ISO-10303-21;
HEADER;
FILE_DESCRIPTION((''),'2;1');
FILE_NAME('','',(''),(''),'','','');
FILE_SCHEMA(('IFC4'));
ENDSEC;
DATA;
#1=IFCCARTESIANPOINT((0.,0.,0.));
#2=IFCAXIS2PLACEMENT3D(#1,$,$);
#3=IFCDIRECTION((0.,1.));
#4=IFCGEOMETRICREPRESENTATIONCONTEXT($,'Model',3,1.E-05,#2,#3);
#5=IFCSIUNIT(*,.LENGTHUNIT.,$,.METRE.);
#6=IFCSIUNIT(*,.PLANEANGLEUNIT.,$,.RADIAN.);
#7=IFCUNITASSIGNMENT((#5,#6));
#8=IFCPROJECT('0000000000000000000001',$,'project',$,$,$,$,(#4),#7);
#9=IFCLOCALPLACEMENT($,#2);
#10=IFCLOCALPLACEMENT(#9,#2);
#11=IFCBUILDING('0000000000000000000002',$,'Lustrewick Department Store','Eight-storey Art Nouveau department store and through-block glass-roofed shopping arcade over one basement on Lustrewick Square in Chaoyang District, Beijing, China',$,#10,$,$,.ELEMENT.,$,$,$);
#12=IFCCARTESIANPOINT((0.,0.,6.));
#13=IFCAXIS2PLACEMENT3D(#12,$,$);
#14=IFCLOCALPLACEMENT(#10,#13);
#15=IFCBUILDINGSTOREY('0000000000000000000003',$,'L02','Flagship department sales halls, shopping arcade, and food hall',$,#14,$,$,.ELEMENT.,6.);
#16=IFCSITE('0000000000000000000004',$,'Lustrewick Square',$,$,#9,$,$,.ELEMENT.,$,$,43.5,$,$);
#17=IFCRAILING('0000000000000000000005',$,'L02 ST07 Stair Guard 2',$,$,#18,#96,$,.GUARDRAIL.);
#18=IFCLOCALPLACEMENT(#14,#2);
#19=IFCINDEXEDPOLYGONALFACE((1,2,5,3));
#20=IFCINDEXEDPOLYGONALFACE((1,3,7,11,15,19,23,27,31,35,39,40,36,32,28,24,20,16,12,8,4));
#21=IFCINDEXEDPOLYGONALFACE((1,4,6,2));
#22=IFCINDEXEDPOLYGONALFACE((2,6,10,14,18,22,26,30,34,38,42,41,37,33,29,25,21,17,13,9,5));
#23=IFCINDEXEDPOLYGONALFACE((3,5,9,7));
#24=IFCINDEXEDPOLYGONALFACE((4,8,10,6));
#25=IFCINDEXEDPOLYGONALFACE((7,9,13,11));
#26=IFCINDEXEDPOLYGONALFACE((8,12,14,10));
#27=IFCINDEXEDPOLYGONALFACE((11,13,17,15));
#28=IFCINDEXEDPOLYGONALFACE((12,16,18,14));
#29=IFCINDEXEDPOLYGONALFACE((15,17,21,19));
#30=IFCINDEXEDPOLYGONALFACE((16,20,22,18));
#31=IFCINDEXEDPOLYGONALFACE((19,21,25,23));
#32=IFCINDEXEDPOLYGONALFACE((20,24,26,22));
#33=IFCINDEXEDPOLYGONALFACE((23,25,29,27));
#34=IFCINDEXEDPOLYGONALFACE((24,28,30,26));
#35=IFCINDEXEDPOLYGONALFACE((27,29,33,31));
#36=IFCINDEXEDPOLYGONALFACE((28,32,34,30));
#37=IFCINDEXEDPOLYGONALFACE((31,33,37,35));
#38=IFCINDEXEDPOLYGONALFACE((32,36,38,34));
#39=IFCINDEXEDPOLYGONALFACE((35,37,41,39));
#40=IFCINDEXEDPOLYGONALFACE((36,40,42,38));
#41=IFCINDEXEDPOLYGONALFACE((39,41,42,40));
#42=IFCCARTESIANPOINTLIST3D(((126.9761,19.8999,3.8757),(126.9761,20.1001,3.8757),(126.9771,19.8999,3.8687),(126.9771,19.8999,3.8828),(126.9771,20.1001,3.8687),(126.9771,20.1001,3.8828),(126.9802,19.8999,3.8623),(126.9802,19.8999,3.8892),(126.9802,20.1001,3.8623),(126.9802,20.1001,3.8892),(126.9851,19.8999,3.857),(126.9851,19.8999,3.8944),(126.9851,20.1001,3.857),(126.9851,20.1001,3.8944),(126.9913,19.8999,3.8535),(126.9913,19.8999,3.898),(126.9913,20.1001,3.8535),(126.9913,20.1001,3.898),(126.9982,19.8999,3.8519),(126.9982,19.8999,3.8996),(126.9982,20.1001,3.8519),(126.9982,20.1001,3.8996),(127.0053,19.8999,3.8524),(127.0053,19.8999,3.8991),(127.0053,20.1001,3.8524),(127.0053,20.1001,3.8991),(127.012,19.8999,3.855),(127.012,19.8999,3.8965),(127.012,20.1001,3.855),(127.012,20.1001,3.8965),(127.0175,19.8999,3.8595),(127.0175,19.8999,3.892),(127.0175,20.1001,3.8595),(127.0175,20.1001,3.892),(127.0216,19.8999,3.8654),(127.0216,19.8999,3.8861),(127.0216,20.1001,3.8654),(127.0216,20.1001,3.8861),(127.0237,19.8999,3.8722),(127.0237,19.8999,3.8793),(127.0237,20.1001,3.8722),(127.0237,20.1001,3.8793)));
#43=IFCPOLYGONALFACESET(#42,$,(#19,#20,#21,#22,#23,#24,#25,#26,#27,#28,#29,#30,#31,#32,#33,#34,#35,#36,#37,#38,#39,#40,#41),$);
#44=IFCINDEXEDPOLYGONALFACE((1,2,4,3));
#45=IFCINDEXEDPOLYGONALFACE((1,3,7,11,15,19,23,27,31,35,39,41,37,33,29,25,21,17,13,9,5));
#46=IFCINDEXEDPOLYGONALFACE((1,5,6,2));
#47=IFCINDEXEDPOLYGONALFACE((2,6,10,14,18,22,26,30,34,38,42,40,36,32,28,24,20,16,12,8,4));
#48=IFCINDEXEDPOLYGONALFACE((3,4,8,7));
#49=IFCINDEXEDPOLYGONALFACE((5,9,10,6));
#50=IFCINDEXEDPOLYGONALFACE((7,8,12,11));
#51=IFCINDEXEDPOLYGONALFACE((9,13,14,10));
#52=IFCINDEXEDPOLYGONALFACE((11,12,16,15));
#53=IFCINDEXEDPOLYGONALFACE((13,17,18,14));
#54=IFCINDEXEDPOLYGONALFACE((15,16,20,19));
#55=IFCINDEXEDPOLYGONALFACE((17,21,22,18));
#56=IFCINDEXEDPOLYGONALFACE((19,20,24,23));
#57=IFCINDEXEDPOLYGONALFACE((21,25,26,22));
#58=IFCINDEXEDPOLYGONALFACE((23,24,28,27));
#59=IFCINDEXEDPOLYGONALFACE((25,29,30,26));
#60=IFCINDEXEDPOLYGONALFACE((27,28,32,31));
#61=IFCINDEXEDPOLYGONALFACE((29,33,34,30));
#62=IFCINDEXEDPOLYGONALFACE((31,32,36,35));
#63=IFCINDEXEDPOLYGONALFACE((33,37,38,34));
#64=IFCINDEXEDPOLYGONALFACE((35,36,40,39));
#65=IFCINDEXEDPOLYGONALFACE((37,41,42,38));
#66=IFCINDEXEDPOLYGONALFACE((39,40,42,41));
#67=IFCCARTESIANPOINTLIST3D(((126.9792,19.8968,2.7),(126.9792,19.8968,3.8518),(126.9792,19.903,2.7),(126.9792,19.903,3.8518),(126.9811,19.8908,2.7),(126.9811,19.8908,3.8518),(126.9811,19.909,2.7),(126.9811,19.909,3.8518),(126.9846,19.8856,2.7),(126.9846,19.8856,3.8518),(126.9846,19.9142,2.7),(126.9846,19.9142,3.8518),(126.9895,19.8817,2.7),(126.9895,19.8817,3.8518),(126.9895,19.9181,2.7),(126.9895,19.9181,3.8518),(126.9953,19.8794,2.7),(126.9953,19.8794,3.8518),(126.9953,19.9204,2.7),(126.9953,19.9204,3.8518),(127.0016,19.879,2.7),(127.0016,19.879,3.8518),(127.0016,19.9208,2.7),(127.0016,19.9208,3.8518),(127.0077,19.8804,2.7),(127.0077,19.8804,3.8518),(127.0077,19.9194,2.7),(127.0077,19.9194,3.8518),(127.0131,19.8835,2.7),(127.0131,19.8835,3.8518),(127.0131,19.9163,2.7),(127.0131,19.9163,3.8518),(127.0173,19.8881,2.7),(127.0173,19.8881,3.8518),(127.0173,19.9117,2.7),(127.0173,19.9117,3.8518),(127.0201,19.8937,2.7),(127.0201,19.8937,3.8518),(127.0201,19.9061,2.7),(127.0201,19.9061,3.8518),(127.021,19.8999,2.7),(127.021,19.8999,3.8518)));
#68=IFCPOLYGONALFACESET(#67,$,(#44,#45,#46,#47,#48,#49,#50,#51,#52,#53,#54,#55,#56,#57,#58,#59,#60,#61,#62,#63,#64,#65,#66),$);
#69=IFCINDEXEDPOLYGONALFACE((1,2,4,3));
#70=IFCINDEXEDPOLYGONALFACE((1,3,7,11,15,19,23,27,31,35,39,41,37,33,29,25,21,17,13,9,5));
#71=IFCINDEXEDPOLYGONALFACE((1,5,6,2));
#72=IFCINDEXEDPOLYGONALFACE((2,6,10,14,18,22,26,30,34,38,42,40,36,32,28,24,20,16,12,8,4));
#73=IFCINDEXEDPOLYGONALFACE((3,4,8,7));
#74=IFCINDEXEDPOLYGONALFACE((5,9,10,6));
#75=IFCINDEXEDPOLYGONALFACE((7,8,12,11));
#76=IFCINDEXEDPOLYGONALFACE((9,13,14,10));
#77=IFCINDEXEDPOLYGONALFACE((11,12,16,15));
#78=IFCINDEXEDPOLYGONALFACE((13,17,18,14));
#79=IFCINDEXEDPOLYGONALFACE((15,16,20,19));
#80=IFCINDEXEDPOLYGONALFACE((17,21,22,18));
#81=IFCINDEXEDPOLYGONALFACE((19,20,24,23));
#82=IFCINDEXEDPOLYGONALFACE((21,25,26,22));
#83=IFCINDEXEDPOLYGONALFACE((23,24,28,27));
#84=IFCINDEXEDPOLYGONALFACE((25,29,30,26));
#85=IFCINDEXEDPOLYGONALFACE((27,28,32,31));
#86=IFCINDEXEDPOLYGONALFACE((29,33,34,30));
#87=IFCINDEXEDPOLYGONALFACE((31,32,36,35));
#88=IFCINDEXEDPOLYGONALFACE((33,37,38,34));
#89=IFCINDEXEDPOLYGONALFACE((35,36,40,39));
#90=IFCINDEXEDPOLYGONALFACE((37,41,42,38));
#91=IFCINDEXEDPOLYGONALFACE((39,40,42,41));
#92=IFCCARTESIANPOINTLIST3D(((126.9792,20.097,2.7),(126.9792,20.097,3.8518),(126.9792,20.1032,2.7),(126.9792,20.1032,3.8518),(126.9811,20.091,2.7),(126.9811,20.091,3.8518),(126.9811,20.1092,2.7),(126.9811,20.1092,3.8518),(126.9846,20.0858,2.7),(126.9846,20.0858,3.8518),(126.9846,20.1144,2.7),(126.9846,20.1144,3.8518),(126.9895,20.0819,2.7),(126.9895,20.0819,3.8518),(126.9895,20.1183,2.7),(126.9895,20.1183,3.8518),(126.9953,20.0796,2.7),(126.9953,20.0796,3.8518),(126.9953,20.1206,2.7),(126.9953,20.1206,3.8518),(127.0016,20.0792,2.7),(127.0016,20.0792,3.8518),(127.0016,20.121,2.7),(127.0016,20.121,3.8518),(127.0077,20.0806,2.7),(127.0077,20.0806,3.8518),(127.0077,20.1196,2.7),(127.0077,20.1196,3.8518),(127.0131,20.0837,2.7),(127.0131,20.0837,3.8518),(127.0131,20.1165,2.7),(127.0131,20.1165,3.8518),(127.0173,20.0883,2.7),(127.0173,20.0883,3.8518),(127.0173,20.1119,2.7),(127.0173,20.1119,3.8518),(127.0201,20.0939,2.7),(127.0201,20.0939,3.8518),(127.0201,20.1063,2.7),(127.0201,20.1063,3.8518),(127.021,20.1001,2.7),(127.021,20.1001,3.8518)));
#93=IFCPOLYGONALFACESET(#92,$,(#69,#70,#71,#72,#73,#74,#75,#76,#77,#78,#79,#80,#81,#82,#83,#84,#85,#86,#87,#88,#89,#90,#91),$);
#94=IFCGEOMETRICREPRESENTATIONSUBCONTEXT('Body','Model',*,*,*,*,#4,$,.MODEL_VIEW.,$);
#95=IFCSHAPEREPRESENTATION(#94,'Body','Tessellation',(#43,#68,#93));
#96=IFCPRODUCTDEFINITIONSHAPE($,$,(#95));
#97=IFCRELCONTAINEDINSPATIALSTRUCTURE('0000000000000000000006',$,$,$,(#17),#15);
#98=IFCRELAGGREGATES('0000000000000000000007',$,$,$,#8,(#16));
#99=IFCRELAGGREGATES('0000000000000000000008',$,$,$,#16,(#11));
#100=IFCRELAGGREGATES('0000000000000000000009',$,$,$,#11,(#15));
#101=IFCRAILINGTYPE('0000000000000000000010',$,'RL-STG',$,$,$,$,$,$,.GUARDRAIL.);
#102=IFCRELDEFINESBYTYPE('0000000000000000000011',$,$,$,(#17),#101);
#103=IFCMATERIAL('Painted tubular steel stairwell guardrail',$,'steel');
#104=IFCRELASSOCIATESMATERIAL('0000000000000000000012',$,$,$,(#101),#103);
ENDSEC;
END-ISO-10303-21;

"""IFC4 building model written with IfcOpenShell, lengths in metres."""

from ifc_helpers import new_model, si_unit, direction, frame, origin, origin_2d, place, context, subcontext, project, spatial, circle, extrude, material, type_object, element, save


model = new_model("IFC4")

# Units and contexts
model_context = context("Model", 3, precision=1e-05, world=origin(), true_north=direction((0.0, 1.0)))
body_context = subcontext(model_context, "Body", "Model", "MODEL_VIEW")
ifc_project = project(units=[si_unit("LENGTHUNIT", "METRE"), si_unit("PLANEANGLEUNIT", "RADIAN")], contexts=[model_context])

# Site, building, storey
site_placement = place(None, origin())
site = spatial("IfcSite", under=ifc_project, at=site_placement, Name="Lustrewick Square", CompositionType="ELEMENT", RefElevation=43.5)
building_placement = place(site_placement, origin())
building = spatial("IfcBuilding", under=site, at=building_placement, Name="Lustrewick Department Store", Description="Eight-storey Art Nouveau department store and through-block glass-roofed shopping arcade over one basement on Lustrewick Square in Chaoyang District, Beijing, China", CompositionType="ELEMENT")
storey_placement = place(building_placement, frame((0.0, 0.0, 6.0)))
storey = spatial("IfcBuildingStorey", under=building, at=storey_placement, Name="L02", Description="Flagship department sales halls, shopping arcade, and food hall", CompositionType="ELEMENT", Elevation=6.0)

# Railing
ifc_material_1 = material(Name="Painted tubular steel stairwell guardrail", Category="steel")
railing_type_1 = type_object("IfcRailingType", Name="RL-STG", PredefinedType="GUARDRAIL", material=ifc_material_1)
railing_1_placement = place(storey_placement, frame((127.0, 19.8999, 2.7)))
element("IfcRailing", 1, at=railing_1_placement, inside=storey, type_object=railing_type_1, Name="L02 ST07 Stair Guard 2", PredefinedType="GUARDRAIL", context=body_context, shape_type="SweptSolid", body=[
    extrude(circle(Radius=0.0239, at=origin_2d()), frame((0.0, 0.0, 1.1758), z_axis=(0.0, 1.0, 0.0), x_axis=(-1.0, 0.0, 0.0)), (0.0, 0.0, 1.0), 0.2002),
    extrude(circle(Radius=0.021, at=origin_2d()), origin(), (0.0, 0.0, 1.0), 1.1519),
    extrude(circle(Radius=0.021, at=origin_2d()), frame((0.0, 0.2002, 0.0)), (0.0, 0.0, 1.0), 1.1519),
])

save(model, "model.ifc")
